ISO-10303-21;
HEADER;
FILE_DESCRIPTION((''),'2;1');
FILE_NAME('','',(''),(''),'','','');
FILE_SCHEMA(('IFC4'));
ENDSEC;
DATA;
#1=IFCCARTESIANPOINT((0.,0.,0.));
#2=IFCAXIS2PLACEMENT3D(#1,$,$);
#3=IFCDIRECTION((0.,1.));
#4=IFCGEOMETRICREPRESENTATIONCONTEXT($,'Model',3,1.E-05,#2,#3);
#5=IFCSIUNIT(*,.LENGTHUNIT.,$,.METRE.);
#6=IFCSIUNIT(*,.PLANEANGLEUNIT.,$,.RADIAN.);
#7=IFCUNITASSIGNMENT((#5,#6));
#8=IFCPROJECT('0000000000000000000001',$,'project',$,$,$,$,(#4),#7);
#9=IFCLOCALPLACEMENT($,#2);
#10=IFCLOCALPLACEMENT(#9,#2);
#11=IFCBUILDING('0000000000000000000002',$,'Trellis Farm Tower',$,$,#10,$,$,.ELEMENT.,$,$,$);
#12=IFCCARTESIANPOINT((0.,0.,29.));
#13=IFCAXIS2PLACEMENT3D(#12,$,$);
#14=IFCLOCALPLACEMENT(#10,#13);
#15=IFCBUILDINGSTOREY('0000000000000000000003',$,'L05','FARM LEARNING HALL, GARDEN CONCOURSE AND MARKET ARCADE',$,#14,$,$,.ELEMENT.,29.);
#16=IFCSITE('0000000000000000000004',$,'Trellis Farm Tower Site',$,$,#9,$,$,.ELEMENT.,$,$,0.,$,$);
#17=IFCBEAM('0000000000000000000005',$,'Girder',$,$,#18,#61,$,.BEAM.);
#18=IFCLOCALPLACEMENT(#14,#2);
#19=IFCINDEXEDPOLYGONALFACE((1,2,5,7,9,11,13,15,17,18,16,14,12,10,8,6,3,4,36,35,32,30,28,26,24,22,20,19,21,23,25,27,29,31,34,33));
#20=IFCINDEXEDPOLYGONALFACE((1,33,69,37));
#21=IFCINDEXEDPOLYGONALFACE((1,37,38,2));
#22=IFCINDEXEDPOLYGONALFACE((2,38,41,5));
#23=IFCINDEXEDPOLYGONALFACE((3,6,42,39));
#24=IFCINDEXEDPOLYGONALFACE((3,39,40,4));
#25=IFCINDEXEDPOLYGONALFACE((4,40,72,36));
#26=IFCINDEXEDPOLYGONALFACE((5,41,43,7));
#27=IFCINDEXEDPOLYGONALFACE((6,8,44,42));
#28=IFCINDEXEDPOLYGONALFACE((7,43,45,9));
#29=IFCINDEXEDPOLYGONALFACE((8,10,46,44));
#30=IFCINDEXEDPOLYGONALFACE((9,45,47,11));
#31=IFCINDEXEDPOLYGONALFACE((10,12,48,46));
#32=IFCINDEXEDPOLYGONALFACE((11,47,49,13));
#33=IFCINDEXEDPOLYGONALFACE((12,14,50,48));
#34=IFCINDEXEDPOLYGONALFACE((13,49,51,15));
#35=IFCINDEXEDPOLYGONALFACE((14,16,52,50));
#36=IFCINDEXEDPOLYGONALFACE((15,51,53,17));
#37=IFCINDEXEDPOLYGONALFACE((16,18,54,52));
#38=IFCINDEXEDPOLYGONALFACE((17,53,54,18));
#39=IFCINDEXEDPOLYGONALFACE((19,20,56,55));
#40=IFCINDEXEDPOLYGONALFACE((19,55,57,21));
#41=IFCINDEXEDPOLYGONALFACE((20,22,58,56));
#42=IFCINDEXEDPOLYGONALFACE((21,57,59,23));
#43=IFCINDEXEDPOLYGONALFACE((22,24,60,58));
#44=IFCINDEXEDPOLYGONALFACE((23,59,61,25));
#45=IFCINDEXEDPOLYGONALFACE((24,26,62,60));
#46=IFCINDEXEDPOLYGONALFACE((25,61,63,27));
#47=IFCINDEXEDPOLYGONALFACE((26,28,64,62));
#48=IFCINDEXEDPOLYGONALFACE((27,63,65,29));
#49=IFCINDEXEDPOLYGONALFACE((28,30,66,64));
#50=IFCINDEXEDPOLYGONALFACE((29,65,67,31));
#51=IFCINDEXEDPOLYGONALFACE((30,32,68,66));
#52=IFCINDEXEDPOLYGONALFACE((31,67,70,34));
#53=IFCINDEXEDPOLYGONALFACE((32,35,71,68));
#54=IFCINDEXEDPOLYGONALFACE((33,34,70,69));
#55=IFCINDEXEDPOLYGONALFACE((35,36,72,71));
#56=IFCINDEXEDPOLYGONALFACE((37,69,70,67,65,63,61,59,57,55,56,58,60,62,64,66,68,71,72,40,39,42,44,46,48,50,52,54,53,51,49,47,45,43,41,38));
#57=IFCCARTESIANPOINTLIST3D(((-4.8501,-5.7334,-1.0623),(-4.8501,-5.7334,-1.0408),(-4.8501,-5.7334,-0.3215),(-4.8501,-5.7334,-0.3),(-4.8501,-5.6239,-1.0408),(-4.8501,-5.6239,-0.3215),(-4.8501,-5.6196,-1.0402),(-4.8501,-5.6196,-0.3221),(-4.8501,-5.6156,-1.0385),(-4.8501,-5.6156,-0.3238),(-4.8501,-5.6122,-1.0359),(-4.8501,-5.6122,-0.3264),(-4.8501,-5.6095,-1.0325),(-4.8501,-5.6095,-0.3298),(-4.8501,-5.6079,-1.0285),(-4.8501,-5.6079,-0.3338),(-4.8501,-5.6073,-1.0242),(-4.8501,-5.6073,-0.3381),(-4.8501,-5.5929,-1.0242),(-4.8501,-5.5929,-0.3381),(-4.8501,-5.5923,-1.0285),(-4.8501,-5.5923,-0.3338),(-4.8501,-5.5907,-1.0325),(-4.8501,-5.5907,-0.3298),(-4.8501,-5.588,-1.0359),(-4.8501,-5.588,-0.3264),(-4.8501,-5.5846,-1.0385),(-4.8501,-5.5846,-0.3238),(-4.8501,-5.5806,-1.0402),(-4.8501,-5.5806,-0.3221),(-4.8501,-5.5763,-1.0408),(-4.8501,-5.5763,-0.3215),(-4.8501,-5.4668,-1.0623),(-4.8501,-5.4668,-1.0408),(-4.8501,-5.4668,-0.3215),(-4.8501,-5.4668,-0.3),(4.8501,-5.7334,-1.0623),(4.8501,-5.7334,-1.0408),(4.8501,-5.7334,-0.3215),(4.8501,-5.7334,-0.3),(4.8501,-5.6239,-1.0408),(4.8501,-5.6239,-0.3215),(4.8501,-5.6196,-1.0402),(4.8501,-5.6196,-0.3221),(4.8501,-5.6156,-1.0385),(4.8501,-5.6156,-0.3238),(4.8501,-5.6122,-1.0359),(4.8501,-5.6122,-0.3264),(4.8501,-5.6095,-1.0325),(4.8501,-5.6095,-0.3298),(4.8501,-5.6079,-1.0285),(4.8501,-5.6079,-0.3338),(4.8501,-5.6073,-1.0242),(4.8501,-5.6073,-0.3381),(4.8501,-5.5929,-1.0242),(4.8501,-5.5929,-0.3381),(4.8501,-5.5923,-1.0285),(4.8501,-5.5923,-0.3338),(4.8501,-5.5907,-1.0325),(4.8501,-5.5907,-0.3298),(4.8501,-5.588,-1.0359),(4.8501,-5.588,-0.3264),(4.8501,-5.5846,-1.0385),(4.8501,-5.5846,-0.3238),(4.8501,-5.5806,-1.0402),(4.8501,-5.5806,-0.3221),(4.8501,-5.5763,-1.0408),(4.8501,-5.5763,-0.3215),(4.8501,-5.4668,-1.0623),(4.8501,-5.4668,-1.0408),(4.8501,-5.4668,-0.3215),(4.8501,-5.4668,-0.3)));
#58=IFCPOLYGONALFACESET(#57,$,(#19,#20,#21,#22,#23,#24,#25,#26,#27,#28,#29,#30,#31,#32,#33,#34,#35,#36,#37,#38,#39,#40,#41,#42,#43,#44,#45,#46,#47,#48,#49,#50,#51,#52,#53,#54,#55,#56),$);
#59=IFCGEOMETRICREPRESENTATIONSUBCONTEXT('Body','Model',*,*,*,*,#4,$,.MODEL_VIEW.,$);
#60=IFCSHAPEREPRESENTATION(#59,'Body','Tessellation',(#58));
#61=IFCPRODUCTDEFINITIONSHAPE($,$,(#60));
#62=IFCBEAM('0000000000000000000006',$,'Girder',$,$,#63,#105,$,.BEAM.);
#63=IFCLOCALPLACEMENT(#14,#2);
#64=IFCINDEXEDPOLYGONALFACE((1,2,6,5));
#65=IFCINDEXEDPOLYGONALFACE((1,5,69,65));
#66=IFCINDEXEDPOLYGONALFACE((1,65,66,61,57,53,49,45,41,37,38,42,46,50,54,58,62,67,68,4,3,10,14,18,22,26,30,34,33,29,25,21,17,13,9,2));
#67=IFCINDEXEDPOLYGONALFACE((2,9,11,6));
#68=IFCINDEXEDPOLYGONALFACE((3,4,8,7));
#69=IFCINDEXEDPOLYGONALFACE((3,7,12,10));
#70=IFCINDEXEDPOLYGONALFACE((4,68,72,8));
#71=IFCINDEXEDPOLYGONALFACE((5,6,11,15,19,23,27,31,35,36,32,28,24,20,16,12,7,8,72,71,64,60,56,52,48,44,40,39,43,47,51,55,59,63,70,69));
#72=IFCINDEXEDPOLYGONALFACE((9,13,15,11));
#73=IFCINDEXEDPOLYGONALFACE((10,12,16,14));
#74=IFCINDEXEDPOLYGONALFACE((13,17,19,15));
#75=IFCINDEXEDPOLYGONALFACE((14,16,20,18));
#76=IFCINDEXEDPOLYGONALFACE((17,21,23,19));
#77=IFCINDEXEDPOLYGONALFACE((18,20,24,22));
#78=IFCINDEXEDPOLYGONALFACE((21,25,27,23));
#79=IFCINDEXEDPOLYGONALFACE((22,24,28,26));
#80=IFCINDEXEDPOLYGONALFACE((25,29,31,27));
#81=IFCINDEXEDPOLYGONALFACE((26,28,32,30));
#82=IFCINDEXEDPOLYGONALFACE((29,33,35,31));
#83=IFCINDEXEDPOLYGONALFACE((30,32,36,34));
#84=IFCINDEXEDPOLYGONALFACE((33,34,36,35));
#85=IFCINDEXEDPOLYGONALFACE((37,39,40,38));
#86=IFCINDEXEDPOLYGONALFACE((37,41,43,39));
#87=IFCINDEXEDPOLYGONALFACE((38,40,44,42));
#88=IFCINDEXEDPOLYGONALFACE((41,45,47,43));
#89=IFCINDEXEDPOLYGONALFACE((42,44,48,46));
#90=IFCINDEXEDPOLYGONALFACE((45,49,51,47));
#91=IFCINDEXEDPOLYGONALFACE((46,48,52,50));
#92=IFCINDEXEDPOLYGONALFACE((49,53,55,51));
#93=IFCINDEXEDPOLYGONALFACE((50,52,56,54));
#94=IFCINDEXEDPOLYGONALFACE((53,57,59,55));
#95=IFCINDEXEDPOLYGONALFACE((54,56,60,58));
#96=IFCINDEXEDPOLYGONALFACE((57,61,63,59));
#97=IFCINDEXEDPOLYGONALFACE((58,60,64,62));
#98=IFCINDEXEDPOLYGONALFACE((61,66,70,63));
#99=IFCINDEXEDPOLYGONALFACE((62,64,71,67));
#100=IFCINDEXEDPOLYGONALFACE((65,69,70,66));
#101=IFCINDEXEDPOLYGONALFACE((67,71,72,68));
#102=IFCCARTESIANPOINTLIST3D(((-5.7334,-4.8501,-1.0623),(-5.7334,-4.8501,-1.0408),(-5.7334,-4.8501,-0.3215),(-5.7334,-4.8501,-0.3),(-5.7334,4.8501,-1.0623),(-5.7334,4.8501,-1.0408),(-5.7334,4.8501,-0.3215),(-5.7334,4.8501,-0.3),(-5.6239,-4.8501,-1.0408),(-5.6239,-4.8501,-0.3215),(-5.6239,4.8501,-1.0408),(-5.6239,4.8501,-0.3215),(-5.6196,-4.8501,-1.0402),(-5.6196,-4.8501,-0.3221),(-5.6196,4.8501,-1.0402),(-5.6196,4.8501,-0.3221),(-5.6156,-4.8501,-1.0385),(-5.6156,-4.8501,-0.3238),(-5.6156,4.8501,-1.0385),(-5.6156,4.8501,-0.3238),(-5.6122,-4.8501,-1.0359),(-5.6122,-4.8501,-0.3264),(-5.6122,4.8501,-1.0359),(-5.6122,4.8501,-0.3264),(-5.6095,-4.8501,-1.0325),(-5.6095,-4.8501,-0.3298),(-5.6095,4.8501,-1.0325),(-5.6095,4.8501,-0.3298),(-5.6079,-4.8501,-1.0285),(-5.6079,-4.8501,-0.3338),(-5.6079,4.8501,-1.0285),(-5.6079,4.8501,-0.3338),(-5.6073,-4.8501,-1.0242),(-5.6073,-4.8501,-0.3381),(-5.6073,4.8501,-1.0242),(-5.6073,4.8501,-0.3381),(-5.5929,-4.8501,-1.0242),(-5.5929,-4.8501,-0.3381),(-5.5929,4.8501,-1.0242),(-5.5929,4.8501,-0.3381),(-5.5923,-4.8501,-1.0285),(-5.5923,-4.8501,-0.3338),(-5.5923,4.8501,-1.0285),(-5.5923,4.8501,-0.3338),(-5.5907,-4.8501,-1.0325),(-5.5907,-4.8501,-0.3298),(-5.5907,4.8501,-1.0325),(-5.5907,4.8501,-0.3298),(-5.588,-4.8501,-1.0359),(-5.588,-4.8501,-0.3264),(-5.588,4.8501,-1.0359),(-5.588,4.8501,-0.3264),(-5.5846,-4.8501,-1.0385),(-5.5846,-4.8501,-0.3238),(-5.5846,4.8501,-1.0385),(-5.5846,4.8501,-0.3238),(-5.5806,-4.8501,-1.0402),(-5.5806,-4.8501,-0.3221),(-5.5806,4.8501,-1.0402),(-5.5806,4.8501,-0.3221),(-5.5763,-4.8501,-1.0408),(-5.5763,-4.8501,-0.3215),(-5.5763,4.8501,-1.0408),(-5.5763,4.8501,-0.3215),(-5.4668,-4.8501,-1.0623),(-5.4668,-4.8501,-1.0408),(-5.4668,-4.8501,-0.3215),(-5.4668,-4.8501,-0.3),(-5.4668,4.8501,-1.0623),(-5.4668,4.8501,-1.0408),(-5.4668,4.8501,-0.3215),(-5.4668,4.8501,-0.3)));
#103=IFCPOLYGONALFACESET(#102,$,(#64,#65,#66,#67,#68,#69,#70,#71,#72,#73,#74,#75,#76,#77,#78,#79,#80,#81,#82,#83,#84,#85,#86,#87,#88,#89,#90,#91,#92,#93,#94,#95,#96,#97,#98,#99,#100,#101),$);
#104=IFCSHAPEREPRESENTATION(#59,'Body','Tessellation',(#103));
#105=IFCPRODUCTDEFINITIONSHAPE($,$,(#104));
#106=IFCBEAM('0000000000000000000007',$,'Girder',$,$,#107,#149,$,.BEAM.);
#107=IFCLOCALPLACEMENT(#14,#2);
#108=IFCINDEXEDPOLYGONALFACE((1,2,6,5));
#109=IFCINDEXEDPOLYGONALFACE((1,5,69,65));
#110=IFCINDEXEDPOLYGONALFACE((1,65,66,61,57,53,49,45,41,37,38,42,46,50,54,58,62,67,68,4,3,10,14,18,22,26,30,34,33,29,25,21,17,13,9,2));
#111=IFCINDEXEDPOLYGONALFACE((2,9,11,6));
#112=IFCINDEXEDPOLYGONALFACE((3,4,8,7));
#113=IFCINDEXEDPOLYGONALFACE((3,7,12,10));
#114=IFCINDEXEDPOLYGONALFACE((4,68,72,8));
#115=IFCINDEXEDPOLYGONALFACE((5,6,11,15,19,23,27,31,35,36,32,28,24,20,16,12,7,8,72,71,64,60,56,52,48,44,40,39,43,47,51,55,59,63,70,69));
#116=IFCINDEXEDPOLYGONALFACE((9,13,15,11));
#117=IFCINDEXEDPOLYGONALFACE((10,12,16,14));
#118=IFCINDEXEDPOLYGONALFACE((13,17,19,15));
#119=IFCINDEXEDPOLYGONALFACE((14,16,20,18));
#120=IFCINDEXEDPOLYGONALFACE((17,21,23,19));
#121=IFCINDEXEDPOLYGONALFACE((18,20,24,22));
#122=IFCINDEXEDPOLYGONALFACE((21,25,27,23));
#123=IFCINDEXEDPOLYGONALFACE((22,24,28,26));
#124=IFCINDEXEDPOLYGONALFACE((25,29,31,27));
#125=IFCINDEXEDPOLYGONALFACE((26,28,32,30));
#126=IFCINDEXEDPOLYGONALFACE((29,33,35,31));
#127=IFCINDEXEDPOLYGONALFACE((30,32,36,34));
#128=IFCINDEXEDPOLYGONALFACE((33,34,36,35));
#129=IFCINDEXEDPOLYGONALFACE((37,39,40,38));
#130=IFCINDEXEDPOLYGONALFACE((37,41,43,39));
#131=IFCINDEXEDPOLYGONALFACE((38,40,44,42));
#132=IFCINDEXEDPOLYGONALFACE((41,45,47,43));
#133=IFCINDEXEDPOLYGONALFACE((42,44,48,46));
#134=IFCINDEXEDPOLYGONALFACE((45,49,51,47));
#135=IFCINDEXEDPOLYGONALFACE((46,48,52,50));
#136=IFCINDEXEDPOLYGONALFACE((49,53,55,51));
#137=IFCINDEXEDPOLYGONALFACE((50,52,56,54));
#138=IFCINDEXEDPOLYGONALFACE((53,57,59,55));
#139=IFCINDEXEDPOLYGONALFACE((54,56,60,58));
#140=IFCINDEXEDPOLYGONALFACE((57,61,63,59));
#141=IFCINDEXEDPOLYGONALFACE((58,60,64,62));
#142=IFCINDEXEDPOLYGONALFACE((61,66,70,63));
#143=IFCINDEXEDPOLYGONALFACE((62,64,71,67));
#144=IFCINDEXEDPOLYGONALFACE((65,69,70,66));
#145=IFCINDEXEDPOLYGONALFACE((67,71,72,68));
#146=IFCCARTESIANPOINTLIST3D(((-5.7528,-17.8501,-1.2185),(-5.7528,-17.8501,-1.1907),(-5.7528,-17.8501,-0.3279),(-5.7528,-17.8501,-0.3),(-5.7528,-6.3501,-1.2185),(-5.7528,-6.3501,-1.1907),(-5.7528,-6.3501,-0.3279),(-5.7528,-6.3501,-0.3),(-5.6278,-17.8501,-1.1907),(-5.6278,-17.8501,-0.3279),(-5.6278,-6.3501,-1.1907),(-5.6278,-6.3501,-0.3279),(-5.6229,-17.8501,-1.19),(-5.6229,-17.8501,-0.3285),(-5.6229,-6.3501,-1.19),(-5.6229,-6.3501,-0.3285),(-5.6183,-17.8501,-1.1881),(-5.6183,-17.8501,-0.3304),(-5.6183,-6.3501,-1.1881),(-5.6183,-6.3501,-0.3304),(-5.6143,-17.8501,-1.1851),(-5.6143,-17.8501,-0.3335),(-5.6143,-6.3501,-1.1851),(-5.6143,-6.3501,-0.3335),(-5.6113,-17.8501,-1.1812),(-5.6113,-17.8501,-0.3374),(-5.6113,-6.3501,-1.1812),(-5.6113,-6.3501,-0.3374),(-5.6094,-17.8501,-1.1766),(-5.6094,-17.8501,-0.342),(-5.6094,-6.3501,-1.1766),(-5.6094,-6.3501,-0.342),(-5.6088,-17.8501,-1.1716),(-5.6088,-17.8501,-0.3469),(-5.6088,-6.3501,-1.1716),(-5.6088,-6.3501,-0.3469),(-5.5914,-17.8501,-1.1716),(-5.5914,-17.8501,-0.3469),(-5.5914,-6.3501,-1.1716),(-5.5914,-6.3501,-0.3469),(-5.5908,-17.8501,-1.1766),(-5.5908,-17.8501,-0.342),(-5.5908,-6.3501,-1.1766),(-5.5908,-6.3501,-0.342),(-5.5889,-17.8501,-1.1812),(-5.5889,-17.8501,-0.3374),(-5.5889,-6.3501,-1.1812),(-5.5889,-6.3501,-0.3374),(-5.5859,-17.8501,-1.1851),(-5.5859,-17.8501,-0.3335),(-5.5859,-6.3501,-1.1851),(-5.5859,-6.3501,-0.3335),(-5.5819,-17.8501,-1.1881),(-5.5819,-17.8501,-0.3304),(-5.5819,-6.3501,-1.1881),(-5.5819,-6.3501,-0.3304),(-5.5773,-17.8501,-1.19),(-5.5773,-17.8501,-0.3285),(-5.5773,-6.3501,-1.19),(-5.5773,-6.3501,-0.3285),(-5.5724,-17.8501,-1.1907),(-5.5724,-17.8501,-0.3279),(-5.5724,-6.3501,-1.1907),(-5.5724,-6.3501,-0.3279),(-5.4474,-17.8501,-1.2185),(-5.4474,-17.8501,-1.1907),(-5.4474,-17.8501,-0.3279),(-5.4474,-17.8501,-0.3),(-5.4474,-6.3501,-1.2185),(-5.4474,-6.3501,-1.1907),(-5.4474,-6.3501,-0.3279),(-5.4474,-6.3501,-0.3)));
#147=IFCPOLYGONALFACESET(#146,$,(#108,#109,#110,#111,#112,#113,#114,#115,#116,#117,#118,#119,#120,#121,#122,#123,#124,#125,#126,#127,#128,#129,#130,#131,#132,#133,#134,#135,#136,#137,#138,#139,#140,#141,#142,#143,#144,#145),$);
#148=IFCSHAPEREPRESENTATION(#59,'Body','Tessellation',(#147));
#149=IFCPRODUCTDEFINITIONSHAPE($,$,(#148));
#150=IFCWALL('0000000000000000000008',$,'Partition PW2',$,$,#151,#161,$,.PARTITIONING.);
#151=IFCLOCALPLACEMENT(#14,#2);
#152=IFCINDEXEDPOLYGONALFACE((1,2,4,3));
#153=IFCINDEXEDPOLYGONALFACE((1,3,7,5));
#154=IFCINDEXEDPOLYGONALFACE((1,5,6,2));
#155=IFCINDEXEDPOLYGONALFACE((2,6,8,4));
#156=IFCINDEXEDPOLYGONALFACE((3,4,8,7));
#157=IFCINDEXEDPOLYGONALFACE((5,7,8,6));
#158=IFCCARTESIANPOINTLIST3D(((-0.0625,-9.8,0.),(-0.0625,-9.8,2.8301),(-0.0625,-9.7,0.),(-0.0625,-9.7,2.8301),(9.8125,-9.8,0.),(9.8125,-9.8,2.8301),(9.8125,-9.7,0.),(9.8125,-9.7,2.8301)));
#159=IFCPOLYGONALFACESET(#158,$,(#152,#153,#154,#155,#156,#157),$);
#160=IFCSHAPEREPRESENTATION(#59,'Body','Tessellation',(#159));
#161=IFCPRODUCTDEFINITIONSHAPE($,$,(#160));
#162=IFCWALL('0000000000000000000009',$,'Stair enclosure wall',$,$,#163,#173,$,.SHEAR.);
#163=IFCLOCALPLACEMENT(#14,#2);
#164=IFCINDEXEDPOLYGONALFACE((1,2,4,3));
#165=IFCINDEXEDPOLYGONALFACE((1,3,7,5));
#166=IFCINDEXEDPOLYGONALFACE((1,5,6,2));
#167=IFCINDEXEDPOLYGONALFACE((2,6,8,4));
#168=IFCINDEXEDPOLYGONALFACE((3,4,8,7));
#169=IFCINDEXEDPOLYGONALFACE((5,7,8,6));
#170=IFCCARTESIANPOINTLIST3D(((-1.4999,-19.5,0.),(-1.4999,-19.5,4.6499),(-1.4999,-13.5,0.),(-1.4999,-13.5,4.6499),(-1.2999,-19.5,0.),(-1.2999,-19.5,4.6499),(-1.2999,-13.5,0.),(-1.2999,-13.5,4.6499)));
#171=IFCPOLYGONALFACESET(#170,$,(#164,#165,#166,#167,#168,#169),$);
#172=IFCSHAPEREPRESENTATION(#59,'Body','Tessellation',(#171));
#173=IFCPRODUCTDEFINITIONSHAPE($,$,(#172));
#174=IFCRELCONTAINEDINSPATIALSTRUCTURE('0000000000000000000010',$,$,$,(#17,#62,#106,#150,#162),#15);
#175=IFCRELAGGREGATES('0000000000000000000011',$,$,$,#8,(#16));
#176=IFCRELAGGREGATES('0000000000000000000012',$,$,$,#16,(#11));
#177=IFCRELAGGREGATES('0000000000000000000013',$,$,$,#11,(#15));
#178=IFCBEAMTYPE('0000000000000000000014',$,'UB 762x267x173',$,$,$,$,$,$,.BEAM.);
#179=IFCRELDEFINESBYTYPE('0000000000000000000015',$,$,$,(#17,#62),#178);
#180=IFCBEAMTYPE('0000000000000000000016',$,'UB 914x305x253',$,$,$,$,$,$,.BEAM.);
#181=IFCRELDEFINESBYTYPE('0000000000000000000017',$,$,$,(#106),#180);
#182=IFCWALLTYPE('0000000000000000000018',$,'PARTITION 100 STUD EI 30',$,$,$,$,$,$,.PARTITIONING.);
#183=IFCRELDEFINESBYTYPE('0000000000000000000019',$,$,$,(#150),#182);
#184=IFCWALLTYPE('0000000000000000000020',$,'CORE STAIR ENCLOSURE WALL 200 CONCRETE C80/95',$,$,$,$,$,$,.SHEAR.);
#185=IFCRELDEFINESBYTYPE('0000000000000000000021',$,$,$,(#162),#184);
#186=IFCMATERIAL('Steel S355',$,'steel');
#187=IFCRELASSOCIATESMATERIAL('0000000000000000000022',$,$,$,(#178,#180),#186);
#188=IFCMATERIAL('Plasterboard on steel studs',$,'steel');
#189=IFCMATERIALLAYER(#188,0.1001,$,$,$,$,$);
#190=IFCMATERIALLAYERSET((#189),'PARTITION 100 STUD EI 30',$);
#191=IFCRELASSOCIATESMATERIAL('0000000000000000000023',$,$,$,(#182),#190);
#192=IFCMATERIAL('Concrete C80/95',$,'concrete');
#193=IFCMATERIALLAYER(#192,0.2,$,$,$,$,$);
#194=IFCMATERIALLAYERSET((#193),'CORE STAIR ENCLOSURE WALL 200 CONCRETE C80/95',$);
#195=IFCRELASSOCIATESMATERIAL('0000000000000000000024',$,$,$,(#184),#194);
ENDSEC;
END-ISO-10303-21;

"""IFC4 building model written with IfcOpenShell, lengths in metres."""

from ifc_helpers import new_model, si_unit, direction, frame, frame_2d, origin, origin_2d, place, context, subcontext, project, spatial, rectangle, i_section, extrude, source, transform, mapped, material, layer, layer_set, material_profile, profile_set, type_object, element, save


model = new_model("IFC4")

# Units and contexts
model_context = context("Model", 3, precision=1e-05, world=origin(), true_north=direction((0.0, 1.0)))
body_context = subcontext(model_context, "Body", "Model", "MODEL_VIEW")
ifc_project = project(units=[si_unit("LENGTHUNIT", "METRE"), si_unit("PLANEANGLEUNIT", "RADIAN")], contexts=[model_context])

# Site, building, storey
site_placement = place(None, origin())
site = spatial("IfcSite", under=ifc_project, at=site_placement, Name="Trellis Farm Tower Site", CompositionType="ELEMENT", RefElevation=0.0)
building_placement = place(site_placement, origin())
building = spatial("IfcBuilding", under=site, at=building_placement, Name="Trellis Farm Tower", CompositionType="ELEMENT")
storey_placement = place(building_placement, frame((0.0, 0.0, 29.0)))
storey = spatial("IfcBuildingStorey", under=building, at=storey_placement, Name="L05", Description="FARM LEARNING HALL, GARDEN CONCOURSE AND MARKET ARCADE", CompositionType="ELEMENT", Elevation=29.0)

# Shared definitions
ifc_material_1 = material(Name="Concrete C80/95", Category="concrete")

# Beams
ifc_material_2 = material(Name="Steel S355", Category="steel")
ifc_material_profile_1 = material_profile(ifc_material_2, i_section(OverallWidth=0.2666, OverallDepth=0.7622, WebThickness=0.0144, FlangeThickness=0.0215, FilletRadius=0.0166, at=origin_2d()), Name="UB 762x267x173")
ifc_profile_set_1 = profile_set([ifc_material_profile_1], Name="Steel S355")
beam_type_1 = type_object("IfcBeamType", Name="UB 762x267x173", PredefinedType="BEAM", material=ifc_profile_set_1)
shared_shape_1 = source(origin(), body_context, "Body", "SweptSolid", [
    extrude(i_section(OverallWidth=0.2666, OverallDepth=0.7622, WebThickness=0.0144, FlangeThickness=0.0215, FilletRadius=0.0166, at=origin_2d()), origin(), (0.0, 0.0, 1.0), 9.7002),
])
for number, where, z_axis, x_axis, name in (
    (1, (-4.8501, -5.6001, -0.6812), (1.0, 0.0, 0.0), (0.0, 1.0, 0.0), "Girder"),
    (2, (-5.6001, -4.8501, -0.6812), (0.0, 1.0, 0.0), (-1.0, 0.0, 0.0), "Girder"),
):
    element("IfcBeam", number, at=place(storey_placement, frame(where, z_axis=z_axis, x_axis=x_axis)), inside=storey, type_object=beam_type_1, Name=name, PredefinedType="BEAM", context=body_context, shape_type="MappedRepresentation", body=[
        mapped(shared_shape_1, transform((0.0, 0.0, 0.0))),
    ])
ifc_material_profile_2 = material_profile(ifc_material_2, i_section(OverallWidth=0.3054, OverallDepth=0.9185, WebThickness=0.0173, FlangeThickness=0.0278, FilletRadius=0.019, at=origin_2d()), Name="UB 914x305x253")
ifc_profile_set_2 = profile_set([ifc_material_profile_2], Name="Steel S355")
beam_type_2 = type_object("IfcBeamType", Name="UB 914x305x253", PredefinedType="BEAM", material=ifc_profile_set_2)
shared_shape_2 = source(origin(), body_context, "Body", "SweptSolid", [
    extrude(i_section(OverallWidth=0.3054, OverallDepth=0.9185, WebThickness=0.0173, FlangeThickness=0.0278, FilletRadius=0.019, at=origin_2d()), origin(), (0.0, 0.0, 1.0), 11.5),
])
beam_1_placement = place(storey_placement, frame((-5.6001, -17.8501, -0.7593), z_axis=(0.0, 1.0, 0.0), x_axis=(-1.0, 0.0, 0.0)))
element("IfcBeam", 3, at=beam_1_placement, inside=storey, type_object=beam_type_2, Name="Girder", PredefinedType="BEAM", context=body_context, shape_type="MappedRepresentation", body=[
    mapped(shared_shape_2, transform((0.0, 0.0, 0.0))),
])

# Walls
ifc_material_3 = material(Name="Plasterboard on steel studs", Category="steel")
ifc_layer_1 = layer(ifc_material_3, 0.1001)
ifc_layer_set_1 = layer_set([ifc_layer_1], Name="PARTITION 100 STUD EI 30")
wall_type_1 = type_object("IfcWallType", Name="PARTITION 100 STUD EI 30", PredefinedType="PARTITIONING", material=ifc_layer_set_1)
wall_1_placement = place(storey_placement, frame((-0.0625, -9.75, 0.0), z_axis=(0.0, 0.0, 1.0), x_axis=(1.0, 0.0, 0.0)))
element("IfcWall", 4, at=wall_1_placement, inside=storey, type_object=wall_type_1, Name="Partition PW2", PredefinedType="PARTITIONING", context=body_context, shape_type="SweptSolid", body=[
    extrude(rectangle(XDim=9.875, YDim=0.1001, at=frame_2d((4.9375, 0.0))), origin(), (0.0, 0.0, 1.0), 2.8301),
])
ifc_layer_2 = layer(ifc_material_1, 0.2)
ifc_layer_set_2 = layer_set([ifc_layer_2], Name="CORE STAIR ENCLOSURE WALL 200 CONCRETE C80/95")
wall_type_2 = type_object("IfcWallType", Name="CORE STAIR ENCLOSURE WALL 200 CONCRETE C80/95", PredefinedType="SHEAR", material=ifc_layer_set_2)
shared_shape_3 = source(origin(), body_context, "Body", "SweptSolid", [
    extrude(rectangle(XDim=6.0, YDim=0.2, at=frame_2d((3.0, 0.0))), origin(), (0.0, 0.0, 1.0), 4.6499),
])
wall_2_placement = place(storey_placement, frame((-1.3999, -13.5, 0.0), z_axis=(0.0, 0.0, 1.0), x_axis=(0.0, -1.0, 0.0)))
element("IfcWall", 5, at=wall_2_placement, inside=storey, type_object=wall_type_2, Name="Stair enclosure wall", PredefinedType="SHEAR", context=body_context, shape_type="MappedRepresentation", body=[
    mapped(shared_shape_3, transform((0.0, 0.0, 0.0))),
])

save(model, "model.ifc")
